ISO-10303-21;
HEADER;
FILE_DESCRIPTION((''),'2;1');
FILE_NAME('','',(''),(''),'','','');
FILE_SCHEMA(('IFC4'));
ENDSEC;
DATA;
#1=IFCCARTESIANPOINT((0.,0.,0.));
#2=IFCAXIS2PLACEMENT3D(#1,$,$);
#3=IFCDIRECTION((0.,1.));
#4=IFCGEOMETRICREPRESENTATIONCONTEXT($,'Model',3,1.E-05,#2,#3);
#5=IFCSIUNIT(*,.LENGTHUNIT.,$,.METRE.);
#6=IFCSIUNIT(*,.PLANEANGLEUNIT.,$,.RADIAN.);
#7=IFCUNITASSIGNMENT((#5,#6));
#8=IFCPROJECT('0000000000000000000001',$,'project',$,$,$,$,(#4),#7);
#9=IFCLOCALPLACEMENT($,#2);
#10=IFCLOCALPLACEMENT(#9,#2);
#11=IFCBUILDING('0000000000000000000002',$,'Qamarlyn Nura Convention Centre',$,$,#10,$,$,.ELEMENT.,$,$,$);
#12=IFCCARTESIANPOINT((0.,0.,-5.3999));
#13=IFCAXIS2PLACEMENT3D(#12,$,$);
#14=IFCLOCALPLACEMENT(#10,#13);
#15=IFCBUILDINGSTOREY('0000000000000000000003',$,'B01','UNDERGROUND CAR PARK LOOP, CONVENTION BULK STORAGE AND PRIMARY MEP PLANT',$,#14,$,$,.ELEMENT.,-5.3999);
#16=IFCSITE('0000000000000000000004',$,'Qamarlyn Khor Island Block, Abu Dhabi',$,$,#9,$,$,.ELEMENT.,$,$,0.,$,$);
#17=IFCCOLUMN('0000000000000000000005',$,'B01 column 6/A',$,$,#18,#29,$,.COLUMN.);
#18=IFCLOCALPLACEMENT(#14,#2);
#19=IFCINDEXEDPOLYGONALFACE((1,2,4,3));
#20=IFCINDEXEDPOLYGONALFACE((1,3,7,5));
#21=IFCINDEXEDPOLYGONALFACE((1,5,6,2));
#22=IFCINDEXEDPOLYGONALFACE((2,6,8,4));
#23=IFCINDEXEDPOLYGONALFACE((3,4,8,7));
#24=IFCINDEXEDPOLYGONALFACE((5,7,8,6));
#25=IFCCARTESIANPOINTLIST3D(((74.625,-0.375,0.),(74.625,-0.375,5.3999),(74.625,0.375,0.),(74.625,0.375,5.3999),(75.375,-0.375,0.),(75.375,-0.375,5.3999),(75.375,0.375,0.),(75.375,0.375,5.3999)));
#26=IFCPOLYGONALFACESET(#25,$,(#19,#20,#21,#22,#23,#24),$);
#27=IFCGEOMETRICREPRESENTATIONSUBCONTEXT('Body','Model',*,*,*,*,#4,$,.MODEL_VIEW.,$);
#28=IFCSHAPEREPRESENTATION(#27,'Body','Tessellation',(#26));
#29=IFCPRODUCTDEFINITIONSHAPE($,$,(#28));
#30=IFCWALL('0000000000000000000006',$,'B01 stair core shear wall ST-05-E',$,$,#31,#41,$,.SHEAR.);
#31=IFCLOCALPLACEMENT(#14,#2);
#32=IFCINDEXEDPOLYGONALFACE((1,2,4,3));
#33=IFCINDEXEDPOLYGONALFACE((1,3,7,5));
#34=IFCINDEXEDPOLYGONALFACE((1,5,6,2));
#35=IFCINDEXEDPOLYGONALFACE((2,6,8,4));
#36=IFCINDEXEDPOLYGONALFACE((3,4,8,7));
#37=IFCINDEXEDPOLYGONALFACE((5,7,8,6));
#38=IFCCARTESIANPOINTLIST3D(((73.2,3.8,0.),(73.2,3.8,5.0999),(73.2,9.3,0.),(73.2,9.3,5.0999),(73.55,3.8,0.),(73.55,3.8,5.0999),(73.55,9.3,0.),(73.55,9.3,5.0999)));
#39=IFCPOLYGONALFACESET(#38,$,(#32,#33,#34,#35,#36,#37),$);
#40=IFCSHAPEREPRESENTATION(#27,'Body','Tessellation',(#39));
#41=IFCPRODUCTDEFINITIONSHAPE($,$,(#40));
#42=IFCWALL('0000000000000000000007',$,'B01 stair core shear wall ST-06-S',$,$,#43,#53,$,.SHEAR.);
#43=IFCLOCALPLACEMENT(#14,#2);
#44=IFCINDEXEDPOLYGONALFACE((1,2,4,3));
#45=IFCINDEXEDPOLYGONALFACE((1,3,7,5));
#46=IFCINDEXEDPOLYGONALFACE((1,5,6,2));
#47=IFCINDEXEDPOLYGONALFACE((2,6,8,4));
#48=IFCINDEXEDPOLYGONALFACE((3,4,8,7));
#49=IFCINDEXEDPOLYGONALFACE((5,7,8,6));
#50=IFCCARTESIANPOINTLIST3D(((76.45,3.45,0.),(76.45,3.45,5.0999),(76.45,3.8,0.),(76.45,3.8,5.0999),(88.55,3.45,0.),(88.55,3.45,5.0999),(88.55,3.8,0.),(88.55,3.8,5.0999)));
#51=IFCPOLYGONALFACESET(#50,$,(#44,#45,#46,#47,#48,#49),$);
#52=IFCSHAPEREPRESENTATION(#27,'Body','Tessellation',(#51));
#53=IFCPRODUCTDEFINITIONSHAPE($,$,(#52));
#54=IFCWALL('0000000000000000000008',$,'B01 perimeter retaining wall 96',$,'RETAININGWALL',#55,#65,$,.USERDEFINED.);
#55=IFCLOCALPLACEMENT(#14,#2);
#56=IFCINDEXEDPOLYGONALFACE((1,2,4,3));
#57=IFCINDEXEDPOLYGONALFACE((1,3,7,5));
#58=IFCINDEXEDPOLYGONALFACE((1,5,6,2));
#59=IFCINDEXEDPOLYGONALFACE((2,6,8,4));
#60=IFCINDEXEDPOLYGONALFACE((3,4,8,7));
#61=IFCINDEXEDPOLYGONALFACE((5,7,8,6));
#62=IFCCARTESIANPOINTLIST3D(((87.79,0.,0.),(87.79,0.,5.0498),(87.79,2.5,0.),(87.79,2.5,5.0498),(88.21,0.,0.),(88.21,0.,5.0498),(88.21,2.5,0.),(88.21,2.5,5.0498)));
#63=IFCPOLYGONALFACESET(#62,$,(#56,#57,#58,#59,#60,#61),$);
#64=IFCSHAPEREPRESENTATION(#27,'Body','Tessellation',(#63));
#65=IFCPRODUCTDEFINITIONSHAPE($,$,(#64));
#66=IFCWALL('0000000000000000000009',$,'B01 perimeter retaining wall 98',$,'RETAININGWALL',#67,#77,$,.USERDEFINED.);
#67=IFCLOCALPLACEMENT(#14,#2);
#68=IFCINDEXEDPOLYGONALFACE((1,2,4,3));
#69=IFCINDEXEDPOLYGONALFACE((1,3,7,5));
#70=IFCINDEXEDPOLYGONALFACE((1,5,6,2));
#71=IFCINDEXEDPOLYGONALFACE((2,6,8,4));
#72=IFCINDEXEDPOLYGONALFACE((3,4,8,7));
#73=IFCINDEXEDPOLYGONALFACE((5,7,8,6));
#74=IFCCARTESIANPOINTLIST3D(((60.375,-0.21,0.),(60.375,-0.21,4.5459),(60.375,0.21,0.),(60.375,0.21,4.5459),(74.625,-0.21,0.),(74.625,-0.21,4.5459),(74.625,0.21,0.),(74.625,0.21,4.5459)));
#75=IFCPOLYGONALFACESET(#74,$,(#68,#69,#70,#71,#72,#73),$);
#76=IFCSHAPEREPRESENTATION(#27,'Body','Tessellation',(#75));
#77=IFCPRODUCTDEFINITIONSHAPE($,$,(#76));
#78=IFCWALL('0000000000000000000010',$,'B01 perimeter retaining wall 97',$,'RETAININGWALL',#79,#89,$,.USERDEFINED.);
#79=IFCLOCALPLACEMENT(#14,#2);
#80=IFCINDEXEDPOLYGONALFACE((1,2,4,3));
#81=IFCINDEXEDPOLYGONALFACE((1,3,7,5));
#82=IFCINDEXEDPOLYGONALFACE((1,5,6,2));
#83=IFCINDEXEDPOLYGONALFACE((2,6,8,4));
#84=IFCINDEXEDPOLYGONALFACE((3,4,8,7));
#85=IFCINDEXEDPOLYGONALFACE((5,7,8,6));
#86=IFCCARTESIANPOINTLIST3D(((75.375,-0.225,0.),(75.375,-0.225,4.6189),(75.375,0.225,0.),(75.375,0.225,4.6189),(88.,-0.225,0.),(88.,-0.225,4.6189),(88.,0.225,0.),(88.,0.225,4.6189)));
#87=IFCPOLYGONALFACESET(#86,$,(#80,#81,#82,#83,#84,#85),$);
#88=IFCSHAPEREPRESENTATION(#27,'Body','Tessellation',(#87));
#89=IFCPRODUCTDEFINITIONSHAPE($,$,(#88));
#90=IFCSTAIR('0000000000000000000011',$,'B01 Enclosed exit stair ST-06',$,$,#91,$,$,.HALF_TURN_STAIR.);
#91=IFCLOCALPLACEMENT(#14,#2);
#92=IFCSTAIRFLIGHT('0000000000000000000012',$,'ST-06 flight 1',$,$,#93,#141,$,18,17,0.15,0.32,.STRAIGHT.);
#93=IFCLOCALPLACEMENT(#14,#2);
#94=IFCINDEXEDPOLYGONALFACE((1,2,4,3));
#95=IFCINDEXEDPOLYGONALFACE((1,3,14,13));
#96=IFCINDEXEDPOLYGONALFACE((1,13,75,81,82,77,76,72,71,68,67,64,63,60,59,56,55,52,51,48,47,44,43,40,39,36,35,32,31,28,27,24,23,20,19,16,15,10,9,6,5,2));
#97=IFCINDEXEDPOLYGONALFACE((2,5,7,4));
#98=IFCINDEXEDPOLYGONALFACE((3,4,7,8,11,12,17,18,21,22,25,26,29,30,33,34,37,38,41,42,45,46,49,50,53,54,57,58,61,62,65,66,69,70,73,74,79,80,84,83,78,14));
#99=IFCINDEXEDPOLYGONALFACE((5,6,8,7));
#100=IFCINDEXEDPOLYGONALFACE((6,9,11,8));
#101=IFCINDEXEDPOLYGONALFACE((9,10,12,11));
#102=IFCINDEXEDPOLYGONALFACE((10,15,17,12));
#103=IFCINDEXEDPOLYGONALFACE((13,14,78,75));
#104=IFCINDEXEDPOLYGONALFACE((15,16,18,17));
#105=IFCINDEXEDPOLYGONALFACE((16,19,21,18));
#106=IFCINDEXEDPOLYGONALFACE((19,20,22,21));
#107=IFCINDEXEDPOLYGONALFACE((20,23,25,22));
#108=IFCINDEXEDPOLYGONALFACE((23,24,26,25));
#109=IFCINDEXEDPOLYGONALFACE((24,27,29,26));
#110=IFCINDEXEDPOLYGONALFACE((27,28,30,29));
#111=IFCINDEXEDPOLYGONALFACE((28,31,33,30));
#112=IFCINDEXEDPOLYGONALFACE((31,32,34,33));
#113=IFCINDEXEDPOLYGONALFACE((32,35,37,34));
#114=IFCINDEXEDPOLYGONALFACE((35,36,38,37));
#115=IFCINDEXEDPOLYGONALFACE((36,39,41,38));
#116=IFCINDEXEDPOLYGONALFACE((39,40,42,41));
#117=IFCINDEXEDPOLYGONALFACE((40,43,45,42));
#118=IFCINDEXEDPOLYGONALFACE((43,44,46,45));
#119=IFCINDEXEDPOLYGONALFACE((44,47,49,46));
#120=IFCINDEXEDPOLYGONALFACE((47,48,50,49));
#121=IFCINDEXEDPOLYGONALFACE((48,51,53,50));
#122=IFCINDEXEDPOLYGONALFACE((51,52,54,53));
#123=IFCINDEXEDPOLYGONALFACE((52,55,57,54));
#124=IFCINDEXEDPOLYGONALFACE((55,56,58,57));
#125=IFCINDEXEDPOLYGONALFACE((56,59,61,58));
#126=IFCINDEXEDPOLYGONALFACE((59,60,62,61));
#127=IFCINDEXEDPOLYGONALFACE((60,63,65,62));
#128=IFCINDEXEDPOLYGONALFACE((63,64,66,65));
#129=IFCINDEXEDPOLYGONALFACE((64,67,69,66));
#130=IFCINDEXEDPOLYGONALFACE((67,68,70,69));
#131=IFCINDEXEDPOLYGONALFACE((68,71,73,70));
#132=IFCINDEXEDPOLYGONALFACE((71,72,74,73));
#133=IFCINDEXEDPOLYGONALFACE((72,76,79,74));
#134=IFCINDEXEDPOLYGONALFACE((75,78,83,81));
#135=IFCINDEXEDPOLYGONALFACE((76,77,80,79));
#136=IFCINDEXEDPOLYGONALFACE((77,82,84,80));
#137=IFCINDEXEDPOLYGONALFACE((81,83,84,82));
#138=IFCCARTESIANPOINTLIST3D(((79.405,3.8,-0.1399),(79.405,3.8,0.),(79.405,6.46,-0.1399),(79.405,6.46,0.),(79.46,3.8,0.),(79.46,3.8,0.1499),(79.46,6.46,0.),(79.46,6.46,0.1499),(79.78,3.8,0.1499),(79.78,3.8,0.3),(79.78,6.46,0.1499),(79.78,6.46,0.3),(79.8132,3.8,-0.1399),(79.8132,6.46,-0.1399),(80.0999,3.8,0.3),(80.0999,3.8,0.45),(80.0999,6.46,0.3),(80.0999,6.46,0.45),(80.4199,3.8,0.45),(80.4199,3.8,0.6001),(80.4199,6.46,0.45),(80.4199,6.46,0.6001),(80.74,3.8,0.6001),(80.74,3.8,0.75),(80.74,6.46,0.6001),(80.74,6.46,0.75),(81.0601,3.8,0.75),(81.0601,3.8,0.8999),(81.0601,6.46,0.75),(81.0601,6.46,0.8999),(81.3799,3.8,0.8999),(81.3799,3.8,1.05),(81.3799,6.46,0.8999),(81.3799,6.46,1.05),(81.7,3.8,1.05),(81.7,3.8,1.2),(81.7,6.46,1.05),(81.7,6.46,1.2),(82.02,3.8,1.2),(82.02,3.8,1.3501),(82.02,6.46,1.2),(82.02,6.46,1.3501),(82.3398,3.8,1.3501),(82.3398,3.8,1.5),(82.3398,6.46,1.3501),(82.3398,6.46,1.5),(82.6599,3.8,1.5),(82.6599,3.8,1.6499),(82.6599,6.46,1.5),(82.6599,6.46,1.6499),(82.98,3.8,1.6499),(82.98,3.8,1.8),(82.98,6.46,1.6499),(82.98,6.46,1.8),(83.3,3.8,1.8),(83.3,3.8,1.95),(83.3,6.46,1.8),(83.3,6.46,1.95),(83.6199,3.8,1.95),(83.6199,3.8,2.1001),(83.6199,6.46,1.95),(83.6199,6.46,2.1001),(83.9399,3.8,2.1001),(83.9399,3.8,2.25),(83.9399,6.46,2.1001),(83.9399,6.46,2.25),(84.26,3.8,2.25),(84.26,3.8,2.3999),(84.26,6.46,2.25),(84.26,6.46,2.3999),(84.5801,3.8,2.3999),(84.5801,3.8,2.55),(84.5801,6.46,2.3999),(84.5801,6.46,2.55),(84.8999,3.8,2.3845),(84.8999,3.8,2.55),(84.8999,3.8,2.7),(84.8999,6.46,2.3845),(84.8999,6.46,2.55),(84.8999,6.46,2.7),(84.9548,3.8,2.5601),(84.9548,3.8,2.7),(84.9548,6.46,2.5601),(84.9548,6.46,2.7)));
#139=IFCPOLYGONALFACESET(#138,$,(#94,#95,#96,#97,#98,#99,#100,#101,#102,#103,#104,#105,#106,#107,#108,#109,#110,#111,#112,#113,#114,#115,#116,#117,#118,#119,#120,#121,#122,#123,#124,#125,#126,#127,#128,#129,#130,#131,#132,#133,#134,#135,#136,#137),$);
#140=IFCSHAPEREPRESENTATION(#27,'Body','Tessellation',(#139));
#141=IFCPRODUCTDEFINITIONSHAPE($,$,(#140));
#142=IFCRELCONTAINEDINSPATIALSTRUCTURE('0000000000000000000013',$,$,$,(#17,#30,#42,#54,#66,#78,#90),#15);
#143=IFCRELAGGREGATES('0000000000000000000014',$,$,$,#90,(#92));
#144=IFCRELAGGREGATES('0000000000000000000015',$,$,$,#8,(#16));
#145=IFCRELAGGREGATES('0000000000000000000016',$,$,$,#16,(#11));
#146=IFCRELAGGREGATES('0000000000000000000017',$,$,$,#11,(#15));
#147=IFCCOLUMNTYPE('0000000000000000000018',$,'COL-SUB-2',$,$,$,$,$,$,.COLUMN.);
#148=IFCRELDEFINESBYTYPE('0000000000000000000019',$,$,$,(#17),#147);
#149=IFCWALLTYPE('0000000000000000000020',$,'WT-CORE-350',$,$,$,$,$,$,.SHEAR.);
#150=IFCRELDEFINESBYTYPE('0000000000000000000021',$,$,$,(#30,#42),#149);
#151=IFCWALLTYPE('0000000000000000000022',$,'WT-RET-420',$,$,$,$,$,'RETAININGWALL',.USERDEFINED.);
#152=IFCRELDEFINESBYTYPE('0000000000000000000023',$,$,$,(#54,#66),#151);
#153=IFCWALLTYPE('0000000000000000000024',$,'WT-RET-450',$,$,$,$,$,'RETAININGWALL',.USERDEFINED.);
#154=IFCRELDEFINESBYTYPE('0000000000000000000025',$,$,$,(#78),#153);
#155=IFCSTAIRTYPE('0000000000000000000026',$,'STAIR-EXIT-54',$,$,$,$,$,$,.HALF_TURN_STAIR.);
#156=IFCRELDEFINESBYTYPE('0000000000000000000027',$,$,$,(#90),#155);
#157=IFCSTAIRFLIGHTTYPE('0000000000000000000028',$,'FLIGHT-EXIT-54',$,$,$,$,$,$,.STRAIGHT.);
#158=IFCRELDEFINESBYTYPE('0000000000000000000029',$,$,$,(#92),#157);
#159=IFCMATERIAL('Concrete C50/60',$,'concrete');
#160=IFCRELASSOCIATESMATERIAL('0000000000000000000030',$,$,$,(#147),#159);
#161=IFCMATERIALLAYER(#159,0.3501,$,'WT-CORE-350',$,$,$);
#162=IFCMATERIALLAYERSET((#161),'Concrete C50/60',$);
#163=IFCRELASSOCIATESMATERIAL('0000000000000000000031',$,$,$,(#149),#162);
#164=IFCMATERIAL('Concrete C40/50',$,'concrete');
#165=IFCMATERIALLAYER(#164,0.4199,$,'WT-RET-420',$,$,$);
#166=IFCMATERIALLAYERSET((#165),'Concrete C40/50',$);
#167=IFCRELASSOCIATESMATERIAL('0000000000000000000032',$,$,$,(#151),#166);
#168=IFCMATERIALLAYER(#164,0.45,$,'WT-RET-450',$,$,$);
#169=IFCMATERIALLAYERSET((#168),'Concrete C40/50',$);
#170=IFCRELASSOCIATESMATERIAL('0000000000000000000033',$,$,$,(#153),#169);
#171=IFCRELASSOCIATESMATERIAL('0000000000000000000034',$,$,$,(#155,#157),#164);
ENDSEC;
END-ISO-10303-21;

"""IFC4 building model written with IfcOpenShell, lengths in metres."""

from ifc_helpers import new_model, si_unit, direction, frame, frame_2d, origin, origin_2d, place, context, subcontext, project, spatial, polyline, rectangle, outline, extrude, material, layer, layer_set, material_profile, profile_set, type_object, element, aggregate, save


model = new_model("IFC4")

# Units and contexts
model_context = context("Model", 3, precision=1e-05, world=origin(), true_north=direction((0.0, 1.0)))
body_context = subcontext(model_context, "Body", "Model", "MODEL_VIEW")
ifc_project = project(units=[si_unit("LENGTHUNIT", "METRE"), si_unit("PLANEANGLEUNIT", "RADIAN")], contexts=[model_context])

# Site, building, storey
site_placement = place(None, origin())
site = spatial("IfcSite", under=ifc_project, at=site_placement, Name="Qamarlyn Khor Island Block, Abu Dhabi", CompositionType="ELEMENT", RefElevation=0.0)
building_placement = place(site_placement, origin())
building = spatial("IfcBuilding", under=site, at=building_placement, Name="Qamarlyn Nura Convention Centre", CompositionType="ELEMENT")
storey_placement = place(building_placement, frame((0.0, 0.0, -5.3999)))
storey = spatial("IfcBuildingStorey", under=building, at=storey_placement, Name="B01", Description="UNDERGROUND CAR PARK LOOP, CONVENTION BULK STORAGE AND PRIMARY MEP PLANT", CompositionType="ELEMENT", Elevation=-5.3999)

# Shared definitions
ifc_material_1 = material(Name="Concrete C40/50", Category="concrete")

# Column
ifc_material_2 = material(Name="Concrete C50/60", Category="concrete")
ifc_material_profile_1 = material_profile(ifc_material_2, rectangle(XDim=0.75, YDim=0.75, at=origin_2d()), Name="RC 750x750")
ifc_profile_set_1 = profile_set([ifc_material_profile_1], Name="Concrete C50/60")
column_type = type_object("IfcColumnType", Name="COL-SUB-2", PredefinedType="COLUMN", material=ifc_profile_set_1)
column_placement = place(storey_placement, frame((75.0, 0.0, 0.0), z_axis=(0.0, 0.0, 1.0), x_axis=(1.0, 0.0, 0.0)))
element("IfcColumn", 1, at=column_placement, inside=storey, type_object=column_type, Name="B01 column 6/A", PredefinedType="COLUMN", context=body_context, shape_type="SweptSolid", body=[
    extrude(rectangle(XDim=0.75, YDim=0.75, at=origin_2d()), origin(), (0.0, 0.0, 1.0), 5.3999),
])

# Walls
ifc_layer_1 = layer(ifc_material_2, 0.3501, Name="WT-CORE-350")
ifc_layer_set_1 = layer_set([ifc_layer_1], Name="Concrete C50/60")
wall_type_1 = type_object("IfcWallType", Name="WT-CORE-350", PredefinedType="SHEAR", material=ifc_layer_set_1)
wall_1_placement = place(storey_placement, frame((73.375, 3.8, 0.0), z_axis=(0.0, 0.0, 1.0), x_axis=(0.0, 1.0, 0.0)))
element("IfcWall", 2, at=wall_1_placement, inside=storey, type_object=wall_type_1, Name="B01 stair core shear wall ST-05-E", PredefinedType="SHEAR", context=body_context, shape_type="SweptSolid", body=[
    extrude(rectangle(XDim=5.5, YDim=0.3501, at=frame_2d((2.75, 0.0))), origin(), (0.0, 0.0, 1.0), 5.0999),
])
wall_2_placement = place(storey_placement, frame((76.45, 3.625, 0.0), z_axis=(0.0, 0.0, 1.0), x_axis=(1.0, 0.0, 0.0)))
element("IfcWall", 3, at=wall_2_placement, inside=storey, type_object=wall_type_1, Name="B01 stair core shear wall ST-06-S", PredefinedType="SHEAR", context=body_context, shape_type="SweptSolid", body=[
    extrude(rectangle(XDim=12.1001, YDim=0.3501, at=frame_2d((6.05, 0.0))), origin(), (0.0, 0.0, 1.0), 5.0999),
])
ifc_layer_2 = layer(ifc_material_1, 0.4199, Name="WT-RET-420")
ifc_layer_set_2 = layer_set([ifc_layer_2], Name="Concrete C40/50")
wall_type_2 = type_object("IfcWallType", Name="WT-RET-420", ElementType="RETAININGWALL", PredefinedType="USERDEFINED", material=ifc_layer_set_2)
wall_3_placement = place(storey_placement, frame((88.0, 2.5, 0.0), z_axis=(0.0, 0.0, 1.0), x_axis=(0.0, -1.0, 0.0)))
element("IfcWall", 4, at=wall_3_placement, inside=storey, type_object=wall_type_2, Name="B01 perimeter retaining wall 96", ObjectType="RETAININGWALL", PredefinedType="USERDEFINED", context=body_context, shape_type="SweptSolid", body=[
    extrude(rectangle(XDim=2.5, YDim=0.4199, at=frame_2d((1.25, 0.0))), origin(), (0.0, 0.0, 1.0), 5.0498),
])
wall_4_placement = place(storey_placement, frame((74.625, 0.0, 0.0), z_axis=(0.0, 0.0, 1.0), x_axis=(-1.0, 0.0, 0.0)))
element("IfcWall", 5, at=wall_4_placement, inside=storey, type_object=wall_type_2, Name="B01 perimeter retaining wall 98", ObjectType="RETAININGWALL", PredefinedType="USERDEFINED", context=body_context, shape_type="SweptSolid", body=[
    extrude(rectangle(XDim=14.25, YDim=0.4199, at=frame_2d((7.125, 0.0))), origin(), (0.0, 0.0, 1.0), 4.5459),
])
ifc_layer_3 = layer(ifc_material_1, 0.45, Name="WT-RET-450")
ifc_layer_set_3 = layer_set([ifc_layer_3], Name="Concrete C40/50")
wall_type_3 = type_object("IfcWallType", Name="WT-RET-450", ElementType="RETAININGWALL", PredefinedType="USERDEFINED", material=ifc_layer_set_3)
wall_5_placement = place(storey_placement, frame((88.0, 0.0, 0.0), z_axis=(0.0, 0.0, 1.0), x_axis=(-1.0, 0.0, 0.0)))
element("IfcWall", 6, at=wall_5_placement, inside=storey, type_object=wall_type_3, Name="B01 perimeter retaining wall 97", ObjectType="RETAININGWALL", PredefinedType="USERDEFINED", context=body_context, shape_type="SweptSolid", body=[
    extrude(rectangle(XDim=12.625, YDim=0.45, at=frame_2d((6.3125, 0.0))), origin(), (0.0, 0.0, 1.0), 4.6189),
])

# Stair, stair flight
stair_type = type_object("IfcStairType", Name="STAIR-EXIT-54", PredefinedType="HALF_TURN_STAIR", material=ifc_material_1)
stair_placement = place(storey_placement, origin())
stair = element("IfcStair", 7, at=stair_placement, inside=storey, type_object=stair_type, Name="B01 Enclosed exit stair ST-06", PredefinedType="HALF_TURN_STAIR")
stair_flight_type = type_object("IfcStairFlightType", Name="FLIGHT-EXIT-54", PredefinedType="STRAIGHT", material=ifc_material_1)
stair_flight_1_placement = place(storey_placement, frame((79.46, 5.1299, 0.0), z_axis=(0.0, 0.0, 1.0), x_axis=(1.0, 0.0, 0.0)))
stair_flight_1 = element("IfcStairFlight", 8, at=stair_flight_1_placement, type_object=stair_flight_type, Name="ST-06 flight 1", NumberOfRisers=18, NumberOfTreads=17, PredefinedType="STRAIGHT", RiserHeight=0.15, TreadLength=0.32, context=body_context, shape_type="SweptSolid", body=[
    extrude(outline(polyline([(-0.0549, 0.0), (0.0, 0.0), (0.0, 0.1499), (0.3201, 0.1499), (0.3201, 0.3), (0.6399, 0.3), (0.6399, 0.45), (0.96, 0.45), (0.96, 0.6001), (1.28, 0.6001), (1.28, 0.75), (1.6001, 0.75), (1.6001, 0.8999), (1.9199, 0.8999), (1.9199, 1.05), (2.24, 1.05), (2.24, 1.2), (2.5601, 1.2), (2.5601, 1.3501), (2.8799, 1.3501), (2.8799, 1.5), (3.2, 1.5), (3.2, 1.6499), (3.52, 1.6499), (3.52, 1.8), (3.8401, 1.8), (3.8401, 1.95), (4.1599, 1.95), (4.1599, 2.1001), (4.48, 2.1001), (4.48, 2.25), (4.8, 2.25), (4.8, 2.3999), (5.1201, 2.3999), (5.1201, 2.55), (5.4399, 2.55), (5.4399, 2.7), (5.4949, 2.7), (5.4949, 2.5601), (5.4399, 2.3845), (0.3533, -0.1399), (-0.0549, -0.1399), (-0.0549, 0.0)])), frame((0.0, 1.3301, 0.0), z_axis=(0.0, -1.0, 0.0), x_axis=(1.0, 0.0, 0.0)), (0.0, 0.0, 1.0), 2.6599),
])
aggregate(stair, [stair_flight_1])

save(model, "model.ifc")
